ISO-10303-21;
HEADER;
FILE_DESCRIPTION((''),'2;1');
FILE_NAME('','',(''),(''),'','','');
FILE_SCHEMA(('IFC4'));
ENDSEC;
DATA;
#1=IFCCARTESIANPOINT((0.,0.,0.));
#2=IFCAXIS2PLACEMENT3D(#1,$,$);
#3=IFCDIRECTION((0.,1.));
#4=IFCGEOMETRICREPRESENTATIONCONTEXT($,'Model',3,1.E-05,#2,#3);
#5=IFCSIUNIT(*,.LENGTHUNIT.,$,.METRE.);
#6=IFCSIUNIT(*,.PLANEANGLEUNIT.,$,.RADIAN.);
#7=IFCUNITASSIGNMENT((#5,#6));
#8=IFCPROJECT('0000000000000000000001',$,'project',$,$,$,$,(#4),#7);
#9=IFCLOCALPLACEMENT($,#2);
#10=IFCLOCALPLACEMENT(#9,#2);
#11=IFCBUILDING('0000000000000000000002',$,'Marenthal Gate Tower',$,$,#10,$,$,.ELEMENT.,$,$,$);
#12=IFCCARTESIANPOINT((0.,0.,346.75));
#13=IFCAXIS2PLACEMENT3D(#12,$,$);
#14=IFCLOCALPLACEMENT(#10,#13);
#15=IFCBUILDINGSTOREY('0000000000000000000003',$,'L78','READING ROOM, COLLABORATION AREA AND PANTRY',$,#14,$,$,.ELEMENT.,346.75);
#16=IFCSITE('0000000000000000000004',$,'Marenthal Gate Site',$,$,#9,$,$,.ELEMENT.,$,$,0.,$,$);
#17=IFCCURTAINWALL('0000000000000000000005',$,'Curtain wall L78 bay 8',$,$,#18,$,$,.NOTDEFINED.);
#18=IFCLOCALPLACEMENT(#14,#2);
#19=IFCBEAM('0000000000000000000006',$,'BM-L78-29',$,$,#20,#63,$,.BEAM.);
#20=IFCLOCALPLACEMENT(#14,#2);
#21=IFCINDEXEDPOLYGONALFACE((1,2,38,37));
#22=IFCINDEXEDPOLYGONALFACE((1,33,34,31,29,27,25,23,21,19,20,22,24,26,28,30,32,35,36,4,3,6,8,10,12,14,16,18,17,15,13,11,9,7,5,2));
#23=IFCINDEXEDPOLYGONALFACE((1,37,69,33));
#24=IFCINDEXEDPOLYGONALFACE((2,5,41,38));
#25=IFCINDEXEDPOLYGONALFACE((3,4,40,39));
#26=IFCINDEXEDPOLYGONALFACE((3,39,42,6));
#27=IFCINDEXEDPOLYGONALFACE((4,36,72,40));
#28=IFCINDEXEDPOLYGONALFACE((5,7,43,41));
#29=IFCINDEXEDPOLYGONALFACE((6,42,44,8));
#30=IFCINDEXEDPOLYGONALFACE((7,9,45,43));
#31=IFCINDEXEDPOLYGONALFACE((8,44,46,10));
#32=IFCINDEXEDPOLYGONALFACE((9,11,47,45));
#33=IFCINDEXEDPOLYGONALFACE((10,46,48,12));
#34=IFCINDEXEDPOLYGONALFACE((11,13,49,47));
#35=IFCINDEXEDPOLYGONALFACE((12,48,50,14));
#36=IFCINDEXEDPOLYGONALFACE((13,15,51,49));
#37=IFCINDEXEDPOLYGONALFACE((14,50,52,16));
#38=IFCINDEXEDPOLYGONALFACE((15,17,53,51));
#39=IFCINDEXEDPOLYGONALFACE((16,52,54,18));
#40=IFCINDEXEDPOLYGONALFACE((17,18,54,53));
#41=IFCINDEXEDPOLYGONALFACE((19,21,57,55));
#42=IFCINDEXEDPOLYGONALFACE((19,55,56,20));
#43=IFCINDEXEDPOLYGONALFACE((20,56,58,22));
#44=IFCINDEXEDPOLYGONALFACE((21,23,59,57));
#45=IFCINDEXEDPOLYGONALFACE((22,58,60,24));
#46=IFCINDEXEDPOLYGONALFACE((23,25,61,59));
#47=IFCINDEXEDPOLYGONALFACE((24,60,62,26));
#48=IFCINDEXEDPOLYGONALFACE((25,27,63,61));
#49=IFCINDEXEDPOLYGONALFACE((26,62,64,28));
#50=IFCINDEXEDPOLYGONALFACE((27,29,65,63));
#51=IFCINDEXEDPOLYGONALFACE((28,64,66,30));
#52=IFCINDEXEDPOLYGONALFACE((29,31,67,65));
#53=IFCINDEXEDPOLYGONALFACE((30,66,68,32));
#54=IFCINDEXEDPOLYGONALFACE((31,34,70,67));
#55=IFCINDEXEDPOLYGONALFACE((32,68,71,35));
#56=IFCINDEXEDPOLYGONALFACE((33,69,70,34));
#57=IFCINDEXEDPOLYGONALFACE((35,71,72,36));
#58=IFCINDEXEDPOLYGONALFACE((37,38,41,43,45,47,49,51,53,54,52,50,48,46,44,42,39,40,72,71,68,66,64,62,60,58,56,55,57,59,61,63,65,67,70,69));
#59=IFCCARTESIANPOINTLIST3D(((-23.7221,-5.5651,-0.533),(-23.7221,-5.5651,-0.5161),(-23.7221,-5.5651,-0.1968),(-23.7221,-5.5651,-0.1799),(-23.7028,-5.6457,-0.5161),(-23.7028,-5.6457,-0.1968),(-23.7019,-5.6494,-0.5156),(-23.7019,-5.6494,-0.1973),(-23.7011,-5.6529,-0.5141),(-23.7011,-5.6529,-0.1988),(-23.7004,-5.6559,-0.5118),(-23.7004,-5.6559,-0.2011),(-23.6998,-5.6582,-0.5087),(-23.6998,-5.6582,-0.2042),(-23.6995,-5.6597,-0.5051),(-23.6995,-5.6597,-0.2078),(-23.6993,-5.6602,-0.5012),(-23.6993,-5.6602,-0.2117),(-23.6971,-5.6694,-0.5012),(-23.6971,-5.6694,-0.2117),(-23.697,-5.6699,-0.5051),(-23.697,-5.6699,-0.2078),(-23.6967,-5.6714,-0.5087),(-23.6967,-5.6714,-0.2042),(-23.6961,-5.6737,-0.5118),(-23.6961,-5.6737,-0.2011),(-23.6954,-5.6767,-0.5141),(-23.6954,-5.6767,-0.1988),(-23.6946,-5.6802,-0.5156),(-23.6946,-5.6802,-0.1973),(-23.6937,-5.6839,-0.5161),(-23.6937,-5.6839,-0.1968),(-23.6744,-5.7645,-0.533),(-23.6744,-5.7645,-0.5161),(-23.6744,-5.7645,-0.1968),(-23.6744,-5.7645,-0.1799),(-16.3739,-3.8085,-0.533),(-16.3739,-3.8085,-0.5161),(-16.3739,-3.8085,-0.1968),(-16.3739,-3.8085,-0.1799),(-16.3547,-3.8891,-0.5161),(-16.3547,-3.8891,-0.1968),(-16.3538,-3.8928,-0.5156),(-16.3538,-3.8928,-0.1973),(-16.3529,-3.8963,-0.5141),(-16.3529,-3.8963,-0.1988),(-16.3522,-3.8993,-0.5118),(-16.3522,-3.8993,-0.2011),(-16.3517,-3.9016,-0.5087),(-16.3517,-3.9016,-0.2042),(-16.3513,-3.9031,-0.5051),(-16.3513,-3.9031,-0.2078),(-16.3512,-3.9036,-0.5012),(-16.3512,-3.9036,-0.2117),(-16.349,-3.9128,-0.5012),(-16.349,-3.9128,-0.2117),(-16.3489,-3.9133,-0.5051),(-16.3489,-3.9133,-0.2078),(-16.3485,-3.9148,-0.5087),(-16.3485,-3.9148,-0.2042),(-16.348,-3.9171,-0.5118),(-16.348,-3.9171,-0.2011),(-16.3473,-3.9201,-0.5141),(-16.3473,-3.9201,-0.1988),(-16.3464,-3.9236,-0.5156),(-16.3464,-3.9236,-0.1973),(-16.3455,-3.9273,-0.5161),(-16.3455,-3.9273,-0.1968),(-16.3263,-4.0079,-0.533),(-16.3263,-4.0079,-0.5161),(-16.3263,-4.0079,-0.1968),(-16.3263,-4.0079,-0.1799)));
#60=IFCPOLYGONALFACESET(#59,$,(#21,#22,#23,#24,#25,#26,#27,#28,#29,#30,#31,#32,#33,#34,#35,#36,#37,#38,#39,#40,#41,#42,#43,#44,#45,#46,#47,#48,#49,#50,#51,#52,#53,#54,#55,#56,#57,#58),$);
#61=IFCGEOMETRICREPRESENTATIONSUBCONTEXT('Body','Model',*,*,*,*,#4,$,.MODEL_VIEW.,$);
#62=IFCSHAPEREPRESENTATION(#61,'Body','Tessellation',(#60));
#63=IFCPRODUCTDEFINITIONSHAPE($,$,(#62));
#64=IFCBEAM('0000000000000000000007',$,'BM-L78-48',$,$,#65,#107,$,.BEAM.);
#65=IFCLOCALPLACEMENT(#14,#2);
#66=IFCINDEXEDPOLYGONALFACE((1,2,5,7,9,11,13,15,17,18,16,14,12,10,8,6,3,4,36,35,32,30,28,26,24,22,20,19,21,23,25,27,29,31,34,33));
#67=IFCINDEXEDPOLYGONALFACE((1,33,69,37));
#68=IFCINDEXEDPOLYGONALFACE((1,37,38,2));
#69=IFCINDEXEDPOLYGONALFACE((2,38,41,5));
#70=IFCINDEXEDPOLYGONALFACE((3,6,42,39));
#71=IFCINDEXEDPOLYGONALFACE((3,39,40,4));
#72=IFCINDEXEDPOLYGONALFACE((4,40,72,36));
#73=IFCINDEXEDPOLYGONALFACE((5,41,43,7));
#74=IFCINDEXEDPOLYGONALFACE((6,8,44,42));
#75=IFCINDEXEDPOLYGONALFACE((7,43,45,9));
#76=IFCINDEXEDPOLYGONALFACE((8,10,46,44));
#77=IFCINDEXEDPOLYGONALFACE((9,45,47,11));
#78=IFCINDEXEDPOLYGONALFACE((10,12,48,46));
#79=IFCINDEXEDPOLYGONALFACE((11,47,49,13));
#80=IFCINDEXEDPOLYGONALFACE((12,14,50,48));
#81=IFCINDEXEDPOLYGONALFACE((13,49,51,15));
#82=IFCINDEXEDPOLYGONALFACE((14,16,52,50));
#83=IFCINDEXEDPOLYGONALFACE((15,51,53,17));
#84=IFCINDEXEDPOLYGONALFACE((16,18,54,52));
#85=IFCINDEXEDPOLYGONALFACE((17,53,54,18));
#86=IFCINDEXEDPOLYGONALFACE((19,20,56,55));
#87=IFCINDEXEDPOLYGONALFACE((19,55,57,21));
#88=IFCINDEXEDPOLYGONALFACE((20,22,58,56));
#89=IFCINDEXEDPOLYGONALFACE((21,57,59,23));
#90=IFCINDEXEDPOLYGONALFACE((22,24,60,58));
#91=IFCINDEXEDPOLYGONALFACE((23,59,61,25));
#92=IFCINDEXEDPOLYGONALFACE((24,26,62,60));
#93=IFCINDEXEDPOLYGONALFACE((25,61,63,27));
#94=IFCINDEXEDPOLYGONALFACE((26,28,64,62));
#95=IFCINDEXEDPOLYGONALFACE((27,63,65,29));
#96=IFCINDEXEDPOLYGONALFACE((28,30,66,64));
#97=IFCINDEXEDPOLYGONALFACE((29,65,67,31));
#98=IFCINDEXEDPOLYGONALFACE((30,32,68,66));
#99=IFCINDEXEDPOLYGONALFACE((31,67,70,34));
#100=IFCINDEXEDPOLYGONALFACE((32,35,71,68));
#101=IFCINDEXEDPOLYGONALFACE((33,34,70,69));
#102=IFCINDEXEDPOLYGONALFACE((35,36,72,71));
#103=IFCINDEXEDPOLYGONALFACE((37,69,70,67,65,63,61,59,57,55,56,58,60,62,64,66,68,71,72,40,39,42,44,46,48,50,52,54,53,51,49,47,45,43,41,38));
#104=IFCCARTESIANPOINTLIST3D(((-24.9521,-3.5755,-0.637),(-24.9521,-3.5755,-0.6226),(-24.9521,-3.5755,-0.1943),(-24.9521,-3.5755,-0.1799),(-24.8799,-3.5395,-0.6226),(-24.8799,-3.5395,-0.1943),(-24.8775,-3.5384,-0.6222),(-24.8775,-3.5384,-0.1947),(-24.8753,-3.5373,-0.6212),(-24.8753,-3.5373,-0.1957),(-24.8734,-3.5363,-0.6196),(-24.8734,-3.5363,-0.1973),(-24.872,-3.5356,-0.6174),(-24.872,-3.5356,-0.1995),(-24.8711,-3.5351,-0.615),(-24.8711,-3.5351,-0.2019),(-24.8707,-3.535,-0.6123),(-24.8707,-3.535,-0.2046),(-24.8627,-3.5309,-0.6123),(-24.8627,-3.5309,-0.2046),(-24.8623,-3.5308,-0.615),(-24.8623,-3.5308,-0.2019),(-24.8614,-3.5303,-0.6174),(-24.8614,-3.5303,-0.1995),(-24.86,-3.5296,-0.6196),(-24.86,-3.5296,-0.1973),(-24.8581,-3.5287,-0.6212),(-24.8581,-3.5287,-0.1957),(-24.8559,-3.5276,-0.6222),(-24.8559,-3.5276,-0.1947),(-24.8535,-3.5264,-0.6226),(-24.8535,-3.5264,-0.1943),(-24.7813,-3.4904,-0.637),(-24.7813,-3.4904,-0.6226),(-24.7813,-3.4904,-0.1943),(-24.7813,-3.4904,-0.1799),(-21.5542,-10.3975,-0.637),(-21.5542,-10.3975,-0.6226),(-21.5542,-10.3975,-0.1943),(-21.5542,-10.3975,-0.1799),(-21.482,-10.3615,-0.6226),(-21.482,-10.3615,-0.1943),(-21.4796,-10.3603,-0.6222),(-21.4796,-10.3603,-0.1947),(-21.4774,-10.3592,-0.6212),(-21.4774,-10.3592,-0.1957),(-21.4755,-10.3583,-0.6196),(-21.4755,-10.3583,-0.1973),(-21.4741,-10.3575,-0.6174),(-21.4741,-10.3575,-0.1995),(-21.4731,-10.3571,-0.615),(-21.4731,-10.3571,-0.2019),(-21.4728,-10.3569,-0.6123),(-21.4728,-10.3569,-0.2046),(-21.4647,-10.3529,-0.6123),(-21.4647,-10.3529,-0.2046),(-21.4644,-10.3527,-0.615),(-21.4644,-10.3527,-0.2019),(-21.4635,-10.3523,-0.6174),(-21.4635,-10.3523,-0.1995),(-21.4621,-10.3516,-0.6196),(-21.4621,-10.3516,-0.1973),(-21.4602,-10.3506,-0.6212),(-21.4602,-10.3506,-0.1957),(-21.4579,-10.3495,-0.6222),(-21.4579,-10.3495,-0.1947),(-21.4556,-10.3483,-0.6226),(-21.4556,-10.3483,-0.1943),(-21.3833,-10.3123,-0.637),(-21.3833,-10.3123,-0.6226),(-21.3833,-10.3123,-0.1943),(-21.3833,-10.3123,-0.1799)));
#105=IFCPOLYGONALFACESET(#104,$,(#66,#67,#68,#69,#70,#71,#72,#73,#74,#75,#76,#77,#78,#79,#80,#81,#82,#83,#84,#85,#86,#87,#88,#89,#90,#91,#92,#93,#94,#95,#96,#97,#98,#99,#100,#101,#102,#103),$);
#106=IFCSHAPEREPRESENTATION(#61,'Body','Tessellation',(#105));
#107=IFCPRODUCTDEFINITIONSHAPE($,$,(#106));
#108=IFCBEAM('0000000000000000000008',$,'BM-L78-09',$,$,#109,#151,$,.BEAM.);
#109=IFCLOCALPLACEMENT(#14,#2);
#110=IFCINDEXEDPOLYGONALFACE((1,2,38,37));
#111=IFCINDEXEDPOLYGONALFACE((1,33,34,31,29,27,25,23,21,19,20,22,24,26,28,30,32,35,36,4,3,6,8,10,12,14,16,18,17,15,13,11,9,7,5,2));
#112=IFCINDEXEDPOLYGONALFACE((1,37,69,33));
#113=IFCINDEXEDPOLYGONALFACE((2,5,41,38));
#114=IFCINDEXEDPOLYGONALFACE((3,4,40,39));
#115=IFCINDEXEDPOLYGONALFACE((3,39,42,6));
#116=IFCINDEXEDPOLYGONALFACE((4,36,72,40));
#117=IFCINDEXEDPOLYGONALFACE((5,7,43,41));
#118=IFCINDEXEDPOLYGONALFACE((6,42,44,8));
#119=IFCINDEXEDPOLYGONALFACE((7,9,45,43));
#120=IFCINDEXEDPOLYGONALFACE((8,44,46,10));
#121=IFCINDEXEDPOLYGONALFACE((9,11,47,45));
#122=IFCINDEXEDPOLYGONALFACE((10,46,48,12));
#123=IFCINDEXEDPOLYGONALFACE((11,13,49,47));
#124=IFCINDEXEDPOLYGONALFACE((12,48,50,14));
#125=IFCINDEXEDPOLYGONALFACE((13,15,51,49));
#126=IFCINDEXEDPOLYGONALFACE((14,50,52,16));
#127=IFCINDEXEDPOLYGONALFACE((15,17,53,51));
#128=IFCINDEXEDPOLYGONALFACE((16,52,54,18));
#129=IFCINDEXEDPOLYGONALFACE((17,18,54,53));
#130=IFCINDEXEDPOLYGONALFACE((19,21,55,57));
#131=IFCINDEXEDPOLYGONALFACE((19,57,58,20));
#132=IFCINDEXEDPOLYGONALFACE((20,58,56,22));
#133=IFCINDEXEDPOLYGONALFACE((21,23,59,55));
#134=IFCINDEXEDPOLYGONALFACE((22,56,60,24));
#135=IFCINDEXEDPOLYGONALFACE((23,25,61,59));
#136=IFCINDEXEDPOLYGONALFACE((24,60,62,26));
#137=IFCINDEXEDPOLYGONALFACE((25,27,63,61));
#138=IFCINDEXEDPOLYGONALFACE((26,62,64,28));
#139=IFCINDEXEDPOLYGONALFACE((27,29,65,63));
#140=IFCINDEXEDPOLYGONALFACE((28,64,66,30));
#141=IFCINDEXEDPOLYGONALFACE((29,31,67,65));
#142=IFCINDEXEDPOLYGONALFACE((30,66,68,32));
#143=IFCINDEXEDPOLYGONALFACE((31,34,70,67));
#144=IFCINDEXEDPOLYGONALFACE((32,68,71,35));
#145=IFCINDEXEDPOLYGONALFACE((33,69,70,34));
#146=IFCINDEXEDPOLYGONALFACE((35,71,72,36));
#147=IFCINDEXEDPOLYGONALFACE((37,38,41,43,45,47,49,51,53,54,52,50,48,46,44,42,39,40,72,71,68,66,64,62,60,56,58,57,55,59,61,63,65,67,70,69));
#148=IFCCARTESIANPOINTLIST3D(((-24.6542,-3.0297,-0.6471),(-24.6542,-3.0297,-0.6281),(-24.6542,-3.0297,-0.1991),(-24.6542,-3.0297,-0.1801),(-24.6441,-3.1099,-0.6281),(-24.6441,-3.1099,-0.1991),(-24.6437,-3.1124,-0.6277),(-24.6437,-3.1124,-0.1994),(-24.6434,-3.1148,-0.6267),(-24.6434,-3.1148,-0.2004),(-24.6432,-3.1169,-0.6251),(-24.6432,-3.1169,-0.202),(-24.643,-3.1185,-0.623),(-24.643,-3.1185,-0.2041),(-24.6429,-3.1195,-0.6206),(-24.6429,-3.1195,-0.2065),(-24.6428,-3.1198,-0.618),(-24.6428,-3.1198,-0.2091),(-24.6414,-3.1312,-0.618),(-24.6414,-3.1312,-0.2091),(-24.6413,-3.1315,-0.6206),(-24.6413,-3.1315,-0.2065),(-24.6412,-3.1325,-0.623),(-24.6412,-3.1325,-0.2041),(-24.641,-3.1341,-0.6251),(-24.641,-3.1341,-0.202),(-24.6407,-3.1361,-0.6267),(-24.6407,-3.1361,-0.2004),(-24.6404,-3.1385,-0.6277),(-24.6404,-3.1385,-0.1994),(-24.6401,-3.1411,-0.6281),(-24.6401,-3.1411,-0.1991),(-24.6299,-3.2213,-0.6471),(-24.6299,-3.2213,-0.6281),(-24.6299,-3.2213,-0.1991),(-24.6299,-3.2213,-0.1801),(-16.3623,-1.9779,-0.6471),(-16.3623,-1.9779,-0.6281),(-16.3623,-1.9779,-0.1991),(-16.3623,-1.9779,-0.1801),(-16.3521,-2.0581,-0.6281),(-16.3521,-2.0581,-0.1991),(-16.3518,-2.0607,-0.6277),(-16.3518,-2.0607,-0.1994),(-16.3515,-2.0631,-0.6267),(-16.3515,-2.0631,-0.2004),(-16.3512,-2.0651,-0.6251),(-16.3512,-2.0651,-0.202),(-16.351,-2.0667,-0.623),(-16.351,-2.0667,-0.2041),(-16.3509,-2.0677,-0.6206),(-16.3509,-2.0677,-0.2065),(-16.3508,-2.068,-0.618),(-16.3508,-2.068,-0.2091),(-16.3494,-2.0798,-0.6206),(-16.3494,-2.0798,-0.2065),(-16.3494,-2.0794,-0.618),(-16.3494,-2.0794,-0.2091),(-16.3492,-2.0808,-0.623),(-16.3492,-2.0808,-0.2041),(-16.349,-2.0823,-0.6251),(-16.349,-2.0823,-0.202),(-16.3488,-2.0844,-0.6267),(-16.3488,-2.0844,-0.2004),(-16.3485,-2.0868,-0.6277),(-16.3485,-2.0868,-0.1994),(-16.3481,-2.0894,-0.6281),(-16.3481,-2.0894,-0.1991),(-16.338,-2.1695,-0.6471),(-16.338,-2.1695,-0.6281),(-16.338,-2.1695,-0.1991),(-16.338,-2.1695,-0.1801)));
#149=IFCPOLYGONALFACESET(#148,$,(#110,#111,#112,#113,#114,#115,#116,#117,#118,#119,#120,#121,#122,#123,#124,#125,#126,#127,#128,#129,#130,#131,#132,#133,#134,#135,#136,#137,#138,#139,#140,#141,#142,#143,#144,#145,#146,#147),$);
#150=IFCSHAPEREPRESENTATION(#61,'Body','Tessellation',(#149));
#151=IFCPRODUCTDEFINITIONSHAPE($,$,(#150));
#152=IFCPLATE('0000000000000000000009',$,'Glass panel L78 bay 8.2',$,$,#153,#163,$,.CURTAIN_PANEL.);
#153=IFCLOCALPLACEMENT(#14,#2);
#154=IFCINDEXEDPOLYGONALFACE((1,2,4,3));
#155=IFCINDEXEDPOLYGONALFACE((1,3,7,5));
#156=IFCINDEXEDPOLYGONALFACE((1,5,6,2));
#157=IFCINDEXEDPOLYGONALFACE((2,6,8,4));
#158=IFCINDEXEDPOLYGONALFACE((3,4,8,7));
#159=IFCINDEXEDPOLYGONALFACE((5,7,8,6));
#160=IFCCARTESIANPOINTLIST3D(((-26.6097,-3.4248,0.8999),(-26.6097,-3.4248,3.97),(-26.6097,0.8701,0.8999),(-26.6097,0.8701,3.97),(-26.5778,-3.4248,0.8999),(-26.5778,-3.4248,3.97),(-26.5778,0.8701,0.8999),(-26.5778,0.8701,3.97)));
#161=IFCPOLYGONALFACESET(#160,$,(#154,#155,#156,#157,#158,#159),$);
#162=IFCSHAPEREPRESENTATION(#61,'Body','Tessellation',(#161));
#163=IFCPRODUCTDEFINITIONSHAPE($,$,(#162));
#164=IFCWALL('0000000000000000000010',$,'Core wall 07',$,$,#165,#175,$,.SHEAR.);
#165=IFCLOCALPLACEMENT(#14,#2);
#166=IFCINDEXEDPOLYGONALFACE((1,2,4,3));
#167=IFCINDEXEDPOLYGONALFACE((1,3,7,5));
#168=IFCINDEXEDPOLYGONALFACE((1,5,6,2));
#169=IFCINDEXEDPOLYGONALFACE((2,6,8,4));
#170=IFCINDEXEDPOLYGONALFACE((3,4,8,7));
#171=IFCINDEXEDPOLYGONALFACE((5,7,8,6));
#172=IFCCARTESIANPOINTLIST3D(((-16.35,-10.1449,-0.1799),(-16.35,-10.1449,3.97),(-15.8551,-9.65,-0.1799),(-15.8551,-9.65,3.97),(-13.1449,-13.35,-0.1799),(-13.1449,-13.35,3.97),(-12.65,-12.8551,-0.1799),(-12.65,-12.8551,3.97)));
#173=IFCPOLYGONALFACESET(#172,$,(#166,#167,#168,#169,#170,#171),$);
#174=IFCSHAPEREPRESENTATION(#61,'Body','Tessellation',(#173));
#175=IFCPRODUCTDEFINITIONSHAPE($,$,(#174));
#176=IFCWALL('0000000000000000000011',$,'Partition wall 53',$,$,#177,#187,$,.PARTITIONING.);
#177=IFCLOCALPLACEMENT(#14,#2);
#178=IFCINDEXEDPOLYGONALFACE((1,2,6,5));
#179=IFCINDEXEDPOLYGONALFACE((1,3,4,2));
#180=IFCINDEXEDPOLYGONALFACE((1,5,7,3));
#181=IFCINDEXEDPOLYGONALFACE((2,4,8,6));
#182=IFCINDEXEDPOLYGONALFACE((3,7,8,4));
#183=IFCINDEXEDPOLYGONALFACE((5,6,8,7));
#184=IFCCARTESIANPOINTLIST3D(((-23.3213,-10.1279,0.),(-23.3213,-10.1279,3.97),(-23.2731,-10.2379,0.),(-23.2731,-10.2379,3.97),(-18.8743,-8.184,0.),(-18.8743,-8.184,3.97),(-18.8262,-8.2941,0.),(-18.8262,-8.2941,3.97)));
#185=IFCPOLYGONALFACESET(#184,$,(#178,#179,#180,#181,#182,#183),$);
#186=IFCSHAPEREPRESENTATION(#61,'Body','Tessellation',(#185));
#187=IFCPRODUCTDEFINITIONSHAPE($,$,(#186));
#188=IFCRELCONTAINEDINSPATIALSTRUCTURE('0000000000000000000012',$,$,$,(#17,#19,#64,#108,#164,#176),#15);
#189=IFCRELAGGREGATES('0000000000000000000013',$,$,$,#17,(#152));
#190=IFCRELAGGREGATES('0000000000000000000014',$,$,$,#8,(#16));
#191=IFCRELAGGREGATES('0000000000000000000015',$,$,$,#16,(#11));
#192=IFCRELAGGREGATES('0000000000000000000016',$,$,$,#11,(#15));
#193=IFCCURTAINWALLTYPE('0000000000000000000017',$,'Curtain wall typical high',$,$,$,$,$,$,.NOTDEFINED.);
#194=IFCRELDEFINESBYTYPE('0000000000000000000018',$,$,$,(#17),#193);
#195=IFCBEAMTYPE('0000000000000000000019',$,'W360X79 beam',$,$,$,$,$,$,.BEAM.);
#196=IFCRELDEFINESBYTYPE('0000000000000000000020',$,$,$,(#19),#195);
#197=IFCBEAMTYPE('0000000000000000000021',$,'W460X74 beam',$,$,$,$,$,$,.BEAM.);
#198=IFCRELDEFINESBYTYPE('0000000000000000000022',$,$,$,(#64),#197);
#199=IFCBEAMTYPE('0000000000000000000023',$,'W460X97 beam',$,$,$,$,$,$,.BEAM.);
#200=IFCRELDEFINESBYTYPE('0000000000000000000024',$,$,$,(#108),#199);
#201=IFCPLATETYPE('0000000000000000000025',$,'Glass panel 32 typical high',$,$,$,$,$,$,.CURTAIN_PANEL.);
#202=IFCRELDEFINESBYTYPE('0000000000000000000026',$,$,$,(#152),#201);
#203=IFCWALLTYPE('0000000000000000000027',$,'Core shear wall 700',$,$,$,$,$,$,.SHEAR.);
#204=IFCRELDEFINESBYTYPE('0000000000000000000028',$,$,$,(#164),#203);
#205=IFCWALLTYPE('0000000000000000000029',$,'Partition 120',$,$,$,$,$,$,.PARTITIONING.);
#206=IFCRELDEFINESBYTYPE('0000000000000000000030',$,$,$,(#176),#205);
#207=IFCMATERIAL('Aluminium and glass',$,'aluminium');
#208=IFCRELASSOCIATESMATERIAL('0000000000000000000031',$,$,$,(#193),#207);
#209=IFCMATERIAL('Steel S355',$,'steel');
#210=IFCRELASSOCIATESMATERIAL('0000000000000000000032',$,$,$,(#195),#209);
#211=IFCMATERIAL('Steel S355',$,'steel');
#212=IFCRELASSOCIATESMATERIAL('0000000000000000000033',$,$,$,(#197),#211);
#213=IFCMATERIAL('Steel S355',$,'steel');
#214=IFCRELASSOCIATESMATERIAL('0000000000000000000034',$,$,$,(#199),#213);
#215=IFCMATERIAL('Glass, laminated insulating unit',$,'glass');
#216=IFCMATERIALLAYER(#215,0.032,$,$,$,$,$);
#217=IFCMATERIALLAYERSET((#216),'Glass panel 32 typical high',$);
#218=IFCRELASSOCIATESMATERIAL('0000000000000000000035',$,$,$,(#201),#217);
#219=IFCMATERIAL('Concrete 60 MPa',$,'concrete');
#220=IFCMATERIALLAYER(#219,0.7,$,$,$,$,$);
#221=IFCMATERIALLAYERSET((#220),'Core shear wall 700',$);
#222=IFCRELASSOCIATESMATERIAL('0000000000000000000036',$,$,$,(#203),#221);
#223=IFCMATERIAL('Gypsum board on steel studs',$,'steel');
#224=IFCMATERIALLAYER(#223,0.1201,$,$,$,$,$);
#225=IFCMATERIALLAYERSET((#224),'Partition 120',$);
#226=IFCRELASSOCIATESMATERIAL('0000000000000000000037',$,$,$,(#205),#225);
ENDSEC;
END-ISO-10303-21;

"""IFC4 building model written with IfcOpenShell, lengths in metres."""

from ifc_helpers import new_model, si_unit, direction, frame, frame_2d, origin, origin_2d, place, context, subcontext, project, spatial, rectangle, i_section, extrude, material, layer, layer_set, material_profile, profile_set, type_object, element, aggregate, save


model = new_model("IFC4")

# Units and contexts
model_context = context("Model", 3, precision=1e-05, world=origin(), true_north=direction((0.0, 1.0)))
body_context = subcontext(model_context, "Body", "Model", "MODEL_VIEW")
ifc_project = project(units=[si_unit("LENGTHUNIT", "METRE"), si_unit("PLANEANGLEUNIT", "RADIAN")], contexts=[model_context])

# Site, building, storey
site_placement = place(None, origin())
site = spatial("IfcSite", under=ifc_project, at=site_placement, Name="Marenthal Gate Site", CompositionType="ELEMENT", RefElevation=0.0)
building_placement = place(site_placement, origin())
building = spatial("IfcBuilding", under=site, at=building_placement, Name="Marenthal Gate Tower", CompositionType="ELEMENT")
storey_placement = place(building_placement, frame((0.0, 0.0, 346.75)))
storey = spatial("IfcBuildingStorey", under=building, at=storey_placement, Name="L78", Description="READING ROOM, COLLABORATION AREA AND PANTRY", CompositionType="ELEMENT", Elevation=346.75)

# Curtain wall
ifc_material_1 = material(Name="Aluminium and glass", Category="aluminium")
curtain_wall_type = type_object("IfcCurtainWallType", Name="Curtain wall typical high", PredefinedType="NOTDEFINED", material=ifc_material_1)
curtain_wall_placement = place(storey_placement, origin())
curtain_wall = element("IfcCurtainWall", 1, at=curtain_wall_placement, inside=storey, type_object=curtain_wall_type, Name="Curtain wall L78 bay 8", PredefinedType="NOTDEFINED")

# Beams
ifc_material_2 = material(Name="Steel S355", Category="steel")
ifc_material_profile_1 = material_profile(ifc_material_2, i_section(OverallWidth=0.2051, OverallDepth=0.353, WebThickness=0.0095, FlangeThickness=0.0168, FilletRadius=0.0149, at=origin_2d()), Name="W360X79")
ifc_profile_set_1 = profile_set([ifc_material_profile_1], Name="Steel S355")
beam_type_1 = type_object("IfcBeamType", Name="W360X79 beam", PredefinedType="BEAM", material=ifc_profile_set_1)
beam_1_placement = place(storey_placement, frame((-23.6982, -5.6648, -0.3564), z_axis=(0.972596, 0.232501, 0.0), x_axis=(-0.232501, 0.972596, 0.0)))
element("IfcBeam", 2, at=beam_1_placement, inside=storey, type_object=beam_type_1, Name="BM-L78-29", PredefinedType="BEAM", context=body_context, shape_type="SweptSolid", body=[
    extrude(i_section(OverallWidth=0.2051, OverallDepth=0.353, WebThickness=0.0095, FlangeThickness=0.0168, FilletRadius=0.0149, at=origin_2d()), origin(), (0.0, 0.0, 1.0), 7.5552),
])
ifc_material_3 = material(Name="Steel S355", Category="steel")
ifc_material_profile_2 = material_profile(ifc_material_3, i_section(OverallWidth=0.1909, OverallDepth=0.457, WebThickness=0.009, FlangeThickness=0.0144, FilletRadius=0.0103, at=origin_2d()), Name="W460X74")
ifc_profile_set_2 = profile_set([ifc_material_profile_2], Name="Steel S355")
beam_type_2 = type_object("IfcBeamType", Name="W460X74 beam", PredefinedType="BEAM", material=ifc_profile_set_2)
beam_2_placement = place(storey_placement, frame((-24.8667, -3.533, -0.4084), z_axis=(0.445842, -0.895112, 0.0), x_axis=(0.895112, 0.445842, 0.0)))
element("IfcBeam", 3, at=beam_2_placement, inside=storey, type_object=beam_type_2, Name="BM-L78-48", PredefinedType="BEAM", context=body_context, shape_type="SweptSolid", body=[
    extrude(i_section(OverallWidth=0.1909, OverallDepth=0.457, WebThickness=0.009, FlangeThickness=0.0144, FilletRadius=0.0103, at=origin_2d()), origin(), (0.0, 0.0, 1.0), 7.6213),
])
ifc_material_4 = material(Name="Steel S355", Category="steel")
ifc_material_profile_3 = material_profile(ifc_material_4, i_section(OverallWidth=0.1931, OverallDepth=0.467, WebThickness=0.0115, FlangeThickness=0.019, FilletRadius=0.01, at=origin_2d()), Name="W460X97")
ifc_profile_set_3 = profile_set([ifc_material_profile_3], Name="Steel S355")
beam_type_3 = type_object("IfcBeamType", Name="W460X97 beam", PredefinedType="BEAM", material=ifc_profile_set_3)
beam_3_placement = place(storey_placement, frame((-24.6421, -3.1255, -0.4136), z_axis=(0.992052, 0.125832, 0.0), x_axis=(-0.125832, 0.992052, 0.0)))
element("IfcBeam", 4, at=beam_3_placement, inside=storey, type_object=beam_type_3, Name="BM-L78-09", PredefinedType="BEAM", context=body_context, shape_type="SweptSolid", body=[
    extrude(i_section(OverallWidth=0.1931, OverallDepth=0.467, WebThickness=0.0115, FlangeThickness=0.019, FilletRadius=0.01, at=origin_2d()), origin(), (0.0, 0.0, 1.0), 8.3584),
])

# Plate
ifc_material_5 = material(Name="Glass, laminated insulating unit", Category="glass")
ifc_layer_1 = layer(ifc_material_5, 0.032)
ifc_layer_set_1 = layer_set([ifc_layer_1], Name="Glass panel 32 typical high")
plate_type = type_object("IfcPlateType", Name="Glass panel 32 typical high", PredefinedType="CURTAIN_PANEL", material=ifc_layer_set_1)
plate_placement = place(storey_placement, frame((-26.5938, -1.2773, 0.8999), z_axis=(0.0, 0.0, 1.0), x_axis=(0.0, -1.0, 0.0)))
plate = element("IfcPlate", 5, at=plate_placement, type_object=plate_type, Name="Glass panel L78 bay 8.2", PredefinedType="CURTAIN_PANEL", context=body_context, shape_type="SweptSolid", body=[
    extrude(rectangle(XDim=4.2949, YDim=0.032, at=origin_2d()), origin(), (0.0, 0.0, 1.0), 3.0701),
])
aggregate(curtain_wall, [plate])

# Walls
ifc_material_6 = material(Name="Concrete 60 MPa", Category="concrete")
ifc_layer_2 = layer(ifc_material_6, 0.7)
ifc_layer_set_2 = layer_set([ifc_layer_2], Name="Core shear wall 700")
wall_type_1 = type_object("IfcWallType", Name="Core shear wall 700", PredefinedType="SHEAR", material=ifc_layer_set_2)
wall_1_placement = place(storey_placement, frame((-16.1025, -9.8975, -0.1799), z_axis=(0.0, 0.0, 1.0), x_axis=(0.707107, -0.707107, 0.0)))
element("IfcWall", 6, at=wall_1_placement, inside=storey, type_object=wall_type_1, Name="Core wall 07", PredefinedType="SHEAR", context=body_context, shape_type="SweptSolid", body=[
    extrude(rectangle(XDim=4.5327, YDim=0.7, at=frame_2d((2.2664, 0.0))), origin(), (0.0, 0.0, 1.0), 4.1499),
])
ifc_material_7 = material(Name="Gypsum board on steel studs", Category="steel")
ifc_layer_3 = layer(ifc_material_7, 0.1201)
ifc_layer_set_3 = layer_set([ifc_layer_3], Name="Partition 120")
wall_type_2 = type_object("IfcWallType", Name="Partition 120", PredefinedType="PARTITIONING", material=ifc_layer_set_3)
wall_2_placement = place(storey_placement, frame((-18.8501, -8.239, 0.0), z_axis=(0.0, 0.0, 1.0), x_axis=(-0.916288, -0.400521, 0.0)))
element("IfcWall", 7, at=wall_2_placement, inside=storey, type_object=wall_type_2, Name="Partition wall 53", PredefinedType="PARTITIONING", context=body_context, shape_type="SweptSolid", body=[
    extrude(rectangle(XDim=4.8533, YDim=0.1201, at=frame_2d((2.4268, 0.0))), origin(), (0.0, 0.0, 1.0), 3.97),
])

save(model, "model.ifc")
